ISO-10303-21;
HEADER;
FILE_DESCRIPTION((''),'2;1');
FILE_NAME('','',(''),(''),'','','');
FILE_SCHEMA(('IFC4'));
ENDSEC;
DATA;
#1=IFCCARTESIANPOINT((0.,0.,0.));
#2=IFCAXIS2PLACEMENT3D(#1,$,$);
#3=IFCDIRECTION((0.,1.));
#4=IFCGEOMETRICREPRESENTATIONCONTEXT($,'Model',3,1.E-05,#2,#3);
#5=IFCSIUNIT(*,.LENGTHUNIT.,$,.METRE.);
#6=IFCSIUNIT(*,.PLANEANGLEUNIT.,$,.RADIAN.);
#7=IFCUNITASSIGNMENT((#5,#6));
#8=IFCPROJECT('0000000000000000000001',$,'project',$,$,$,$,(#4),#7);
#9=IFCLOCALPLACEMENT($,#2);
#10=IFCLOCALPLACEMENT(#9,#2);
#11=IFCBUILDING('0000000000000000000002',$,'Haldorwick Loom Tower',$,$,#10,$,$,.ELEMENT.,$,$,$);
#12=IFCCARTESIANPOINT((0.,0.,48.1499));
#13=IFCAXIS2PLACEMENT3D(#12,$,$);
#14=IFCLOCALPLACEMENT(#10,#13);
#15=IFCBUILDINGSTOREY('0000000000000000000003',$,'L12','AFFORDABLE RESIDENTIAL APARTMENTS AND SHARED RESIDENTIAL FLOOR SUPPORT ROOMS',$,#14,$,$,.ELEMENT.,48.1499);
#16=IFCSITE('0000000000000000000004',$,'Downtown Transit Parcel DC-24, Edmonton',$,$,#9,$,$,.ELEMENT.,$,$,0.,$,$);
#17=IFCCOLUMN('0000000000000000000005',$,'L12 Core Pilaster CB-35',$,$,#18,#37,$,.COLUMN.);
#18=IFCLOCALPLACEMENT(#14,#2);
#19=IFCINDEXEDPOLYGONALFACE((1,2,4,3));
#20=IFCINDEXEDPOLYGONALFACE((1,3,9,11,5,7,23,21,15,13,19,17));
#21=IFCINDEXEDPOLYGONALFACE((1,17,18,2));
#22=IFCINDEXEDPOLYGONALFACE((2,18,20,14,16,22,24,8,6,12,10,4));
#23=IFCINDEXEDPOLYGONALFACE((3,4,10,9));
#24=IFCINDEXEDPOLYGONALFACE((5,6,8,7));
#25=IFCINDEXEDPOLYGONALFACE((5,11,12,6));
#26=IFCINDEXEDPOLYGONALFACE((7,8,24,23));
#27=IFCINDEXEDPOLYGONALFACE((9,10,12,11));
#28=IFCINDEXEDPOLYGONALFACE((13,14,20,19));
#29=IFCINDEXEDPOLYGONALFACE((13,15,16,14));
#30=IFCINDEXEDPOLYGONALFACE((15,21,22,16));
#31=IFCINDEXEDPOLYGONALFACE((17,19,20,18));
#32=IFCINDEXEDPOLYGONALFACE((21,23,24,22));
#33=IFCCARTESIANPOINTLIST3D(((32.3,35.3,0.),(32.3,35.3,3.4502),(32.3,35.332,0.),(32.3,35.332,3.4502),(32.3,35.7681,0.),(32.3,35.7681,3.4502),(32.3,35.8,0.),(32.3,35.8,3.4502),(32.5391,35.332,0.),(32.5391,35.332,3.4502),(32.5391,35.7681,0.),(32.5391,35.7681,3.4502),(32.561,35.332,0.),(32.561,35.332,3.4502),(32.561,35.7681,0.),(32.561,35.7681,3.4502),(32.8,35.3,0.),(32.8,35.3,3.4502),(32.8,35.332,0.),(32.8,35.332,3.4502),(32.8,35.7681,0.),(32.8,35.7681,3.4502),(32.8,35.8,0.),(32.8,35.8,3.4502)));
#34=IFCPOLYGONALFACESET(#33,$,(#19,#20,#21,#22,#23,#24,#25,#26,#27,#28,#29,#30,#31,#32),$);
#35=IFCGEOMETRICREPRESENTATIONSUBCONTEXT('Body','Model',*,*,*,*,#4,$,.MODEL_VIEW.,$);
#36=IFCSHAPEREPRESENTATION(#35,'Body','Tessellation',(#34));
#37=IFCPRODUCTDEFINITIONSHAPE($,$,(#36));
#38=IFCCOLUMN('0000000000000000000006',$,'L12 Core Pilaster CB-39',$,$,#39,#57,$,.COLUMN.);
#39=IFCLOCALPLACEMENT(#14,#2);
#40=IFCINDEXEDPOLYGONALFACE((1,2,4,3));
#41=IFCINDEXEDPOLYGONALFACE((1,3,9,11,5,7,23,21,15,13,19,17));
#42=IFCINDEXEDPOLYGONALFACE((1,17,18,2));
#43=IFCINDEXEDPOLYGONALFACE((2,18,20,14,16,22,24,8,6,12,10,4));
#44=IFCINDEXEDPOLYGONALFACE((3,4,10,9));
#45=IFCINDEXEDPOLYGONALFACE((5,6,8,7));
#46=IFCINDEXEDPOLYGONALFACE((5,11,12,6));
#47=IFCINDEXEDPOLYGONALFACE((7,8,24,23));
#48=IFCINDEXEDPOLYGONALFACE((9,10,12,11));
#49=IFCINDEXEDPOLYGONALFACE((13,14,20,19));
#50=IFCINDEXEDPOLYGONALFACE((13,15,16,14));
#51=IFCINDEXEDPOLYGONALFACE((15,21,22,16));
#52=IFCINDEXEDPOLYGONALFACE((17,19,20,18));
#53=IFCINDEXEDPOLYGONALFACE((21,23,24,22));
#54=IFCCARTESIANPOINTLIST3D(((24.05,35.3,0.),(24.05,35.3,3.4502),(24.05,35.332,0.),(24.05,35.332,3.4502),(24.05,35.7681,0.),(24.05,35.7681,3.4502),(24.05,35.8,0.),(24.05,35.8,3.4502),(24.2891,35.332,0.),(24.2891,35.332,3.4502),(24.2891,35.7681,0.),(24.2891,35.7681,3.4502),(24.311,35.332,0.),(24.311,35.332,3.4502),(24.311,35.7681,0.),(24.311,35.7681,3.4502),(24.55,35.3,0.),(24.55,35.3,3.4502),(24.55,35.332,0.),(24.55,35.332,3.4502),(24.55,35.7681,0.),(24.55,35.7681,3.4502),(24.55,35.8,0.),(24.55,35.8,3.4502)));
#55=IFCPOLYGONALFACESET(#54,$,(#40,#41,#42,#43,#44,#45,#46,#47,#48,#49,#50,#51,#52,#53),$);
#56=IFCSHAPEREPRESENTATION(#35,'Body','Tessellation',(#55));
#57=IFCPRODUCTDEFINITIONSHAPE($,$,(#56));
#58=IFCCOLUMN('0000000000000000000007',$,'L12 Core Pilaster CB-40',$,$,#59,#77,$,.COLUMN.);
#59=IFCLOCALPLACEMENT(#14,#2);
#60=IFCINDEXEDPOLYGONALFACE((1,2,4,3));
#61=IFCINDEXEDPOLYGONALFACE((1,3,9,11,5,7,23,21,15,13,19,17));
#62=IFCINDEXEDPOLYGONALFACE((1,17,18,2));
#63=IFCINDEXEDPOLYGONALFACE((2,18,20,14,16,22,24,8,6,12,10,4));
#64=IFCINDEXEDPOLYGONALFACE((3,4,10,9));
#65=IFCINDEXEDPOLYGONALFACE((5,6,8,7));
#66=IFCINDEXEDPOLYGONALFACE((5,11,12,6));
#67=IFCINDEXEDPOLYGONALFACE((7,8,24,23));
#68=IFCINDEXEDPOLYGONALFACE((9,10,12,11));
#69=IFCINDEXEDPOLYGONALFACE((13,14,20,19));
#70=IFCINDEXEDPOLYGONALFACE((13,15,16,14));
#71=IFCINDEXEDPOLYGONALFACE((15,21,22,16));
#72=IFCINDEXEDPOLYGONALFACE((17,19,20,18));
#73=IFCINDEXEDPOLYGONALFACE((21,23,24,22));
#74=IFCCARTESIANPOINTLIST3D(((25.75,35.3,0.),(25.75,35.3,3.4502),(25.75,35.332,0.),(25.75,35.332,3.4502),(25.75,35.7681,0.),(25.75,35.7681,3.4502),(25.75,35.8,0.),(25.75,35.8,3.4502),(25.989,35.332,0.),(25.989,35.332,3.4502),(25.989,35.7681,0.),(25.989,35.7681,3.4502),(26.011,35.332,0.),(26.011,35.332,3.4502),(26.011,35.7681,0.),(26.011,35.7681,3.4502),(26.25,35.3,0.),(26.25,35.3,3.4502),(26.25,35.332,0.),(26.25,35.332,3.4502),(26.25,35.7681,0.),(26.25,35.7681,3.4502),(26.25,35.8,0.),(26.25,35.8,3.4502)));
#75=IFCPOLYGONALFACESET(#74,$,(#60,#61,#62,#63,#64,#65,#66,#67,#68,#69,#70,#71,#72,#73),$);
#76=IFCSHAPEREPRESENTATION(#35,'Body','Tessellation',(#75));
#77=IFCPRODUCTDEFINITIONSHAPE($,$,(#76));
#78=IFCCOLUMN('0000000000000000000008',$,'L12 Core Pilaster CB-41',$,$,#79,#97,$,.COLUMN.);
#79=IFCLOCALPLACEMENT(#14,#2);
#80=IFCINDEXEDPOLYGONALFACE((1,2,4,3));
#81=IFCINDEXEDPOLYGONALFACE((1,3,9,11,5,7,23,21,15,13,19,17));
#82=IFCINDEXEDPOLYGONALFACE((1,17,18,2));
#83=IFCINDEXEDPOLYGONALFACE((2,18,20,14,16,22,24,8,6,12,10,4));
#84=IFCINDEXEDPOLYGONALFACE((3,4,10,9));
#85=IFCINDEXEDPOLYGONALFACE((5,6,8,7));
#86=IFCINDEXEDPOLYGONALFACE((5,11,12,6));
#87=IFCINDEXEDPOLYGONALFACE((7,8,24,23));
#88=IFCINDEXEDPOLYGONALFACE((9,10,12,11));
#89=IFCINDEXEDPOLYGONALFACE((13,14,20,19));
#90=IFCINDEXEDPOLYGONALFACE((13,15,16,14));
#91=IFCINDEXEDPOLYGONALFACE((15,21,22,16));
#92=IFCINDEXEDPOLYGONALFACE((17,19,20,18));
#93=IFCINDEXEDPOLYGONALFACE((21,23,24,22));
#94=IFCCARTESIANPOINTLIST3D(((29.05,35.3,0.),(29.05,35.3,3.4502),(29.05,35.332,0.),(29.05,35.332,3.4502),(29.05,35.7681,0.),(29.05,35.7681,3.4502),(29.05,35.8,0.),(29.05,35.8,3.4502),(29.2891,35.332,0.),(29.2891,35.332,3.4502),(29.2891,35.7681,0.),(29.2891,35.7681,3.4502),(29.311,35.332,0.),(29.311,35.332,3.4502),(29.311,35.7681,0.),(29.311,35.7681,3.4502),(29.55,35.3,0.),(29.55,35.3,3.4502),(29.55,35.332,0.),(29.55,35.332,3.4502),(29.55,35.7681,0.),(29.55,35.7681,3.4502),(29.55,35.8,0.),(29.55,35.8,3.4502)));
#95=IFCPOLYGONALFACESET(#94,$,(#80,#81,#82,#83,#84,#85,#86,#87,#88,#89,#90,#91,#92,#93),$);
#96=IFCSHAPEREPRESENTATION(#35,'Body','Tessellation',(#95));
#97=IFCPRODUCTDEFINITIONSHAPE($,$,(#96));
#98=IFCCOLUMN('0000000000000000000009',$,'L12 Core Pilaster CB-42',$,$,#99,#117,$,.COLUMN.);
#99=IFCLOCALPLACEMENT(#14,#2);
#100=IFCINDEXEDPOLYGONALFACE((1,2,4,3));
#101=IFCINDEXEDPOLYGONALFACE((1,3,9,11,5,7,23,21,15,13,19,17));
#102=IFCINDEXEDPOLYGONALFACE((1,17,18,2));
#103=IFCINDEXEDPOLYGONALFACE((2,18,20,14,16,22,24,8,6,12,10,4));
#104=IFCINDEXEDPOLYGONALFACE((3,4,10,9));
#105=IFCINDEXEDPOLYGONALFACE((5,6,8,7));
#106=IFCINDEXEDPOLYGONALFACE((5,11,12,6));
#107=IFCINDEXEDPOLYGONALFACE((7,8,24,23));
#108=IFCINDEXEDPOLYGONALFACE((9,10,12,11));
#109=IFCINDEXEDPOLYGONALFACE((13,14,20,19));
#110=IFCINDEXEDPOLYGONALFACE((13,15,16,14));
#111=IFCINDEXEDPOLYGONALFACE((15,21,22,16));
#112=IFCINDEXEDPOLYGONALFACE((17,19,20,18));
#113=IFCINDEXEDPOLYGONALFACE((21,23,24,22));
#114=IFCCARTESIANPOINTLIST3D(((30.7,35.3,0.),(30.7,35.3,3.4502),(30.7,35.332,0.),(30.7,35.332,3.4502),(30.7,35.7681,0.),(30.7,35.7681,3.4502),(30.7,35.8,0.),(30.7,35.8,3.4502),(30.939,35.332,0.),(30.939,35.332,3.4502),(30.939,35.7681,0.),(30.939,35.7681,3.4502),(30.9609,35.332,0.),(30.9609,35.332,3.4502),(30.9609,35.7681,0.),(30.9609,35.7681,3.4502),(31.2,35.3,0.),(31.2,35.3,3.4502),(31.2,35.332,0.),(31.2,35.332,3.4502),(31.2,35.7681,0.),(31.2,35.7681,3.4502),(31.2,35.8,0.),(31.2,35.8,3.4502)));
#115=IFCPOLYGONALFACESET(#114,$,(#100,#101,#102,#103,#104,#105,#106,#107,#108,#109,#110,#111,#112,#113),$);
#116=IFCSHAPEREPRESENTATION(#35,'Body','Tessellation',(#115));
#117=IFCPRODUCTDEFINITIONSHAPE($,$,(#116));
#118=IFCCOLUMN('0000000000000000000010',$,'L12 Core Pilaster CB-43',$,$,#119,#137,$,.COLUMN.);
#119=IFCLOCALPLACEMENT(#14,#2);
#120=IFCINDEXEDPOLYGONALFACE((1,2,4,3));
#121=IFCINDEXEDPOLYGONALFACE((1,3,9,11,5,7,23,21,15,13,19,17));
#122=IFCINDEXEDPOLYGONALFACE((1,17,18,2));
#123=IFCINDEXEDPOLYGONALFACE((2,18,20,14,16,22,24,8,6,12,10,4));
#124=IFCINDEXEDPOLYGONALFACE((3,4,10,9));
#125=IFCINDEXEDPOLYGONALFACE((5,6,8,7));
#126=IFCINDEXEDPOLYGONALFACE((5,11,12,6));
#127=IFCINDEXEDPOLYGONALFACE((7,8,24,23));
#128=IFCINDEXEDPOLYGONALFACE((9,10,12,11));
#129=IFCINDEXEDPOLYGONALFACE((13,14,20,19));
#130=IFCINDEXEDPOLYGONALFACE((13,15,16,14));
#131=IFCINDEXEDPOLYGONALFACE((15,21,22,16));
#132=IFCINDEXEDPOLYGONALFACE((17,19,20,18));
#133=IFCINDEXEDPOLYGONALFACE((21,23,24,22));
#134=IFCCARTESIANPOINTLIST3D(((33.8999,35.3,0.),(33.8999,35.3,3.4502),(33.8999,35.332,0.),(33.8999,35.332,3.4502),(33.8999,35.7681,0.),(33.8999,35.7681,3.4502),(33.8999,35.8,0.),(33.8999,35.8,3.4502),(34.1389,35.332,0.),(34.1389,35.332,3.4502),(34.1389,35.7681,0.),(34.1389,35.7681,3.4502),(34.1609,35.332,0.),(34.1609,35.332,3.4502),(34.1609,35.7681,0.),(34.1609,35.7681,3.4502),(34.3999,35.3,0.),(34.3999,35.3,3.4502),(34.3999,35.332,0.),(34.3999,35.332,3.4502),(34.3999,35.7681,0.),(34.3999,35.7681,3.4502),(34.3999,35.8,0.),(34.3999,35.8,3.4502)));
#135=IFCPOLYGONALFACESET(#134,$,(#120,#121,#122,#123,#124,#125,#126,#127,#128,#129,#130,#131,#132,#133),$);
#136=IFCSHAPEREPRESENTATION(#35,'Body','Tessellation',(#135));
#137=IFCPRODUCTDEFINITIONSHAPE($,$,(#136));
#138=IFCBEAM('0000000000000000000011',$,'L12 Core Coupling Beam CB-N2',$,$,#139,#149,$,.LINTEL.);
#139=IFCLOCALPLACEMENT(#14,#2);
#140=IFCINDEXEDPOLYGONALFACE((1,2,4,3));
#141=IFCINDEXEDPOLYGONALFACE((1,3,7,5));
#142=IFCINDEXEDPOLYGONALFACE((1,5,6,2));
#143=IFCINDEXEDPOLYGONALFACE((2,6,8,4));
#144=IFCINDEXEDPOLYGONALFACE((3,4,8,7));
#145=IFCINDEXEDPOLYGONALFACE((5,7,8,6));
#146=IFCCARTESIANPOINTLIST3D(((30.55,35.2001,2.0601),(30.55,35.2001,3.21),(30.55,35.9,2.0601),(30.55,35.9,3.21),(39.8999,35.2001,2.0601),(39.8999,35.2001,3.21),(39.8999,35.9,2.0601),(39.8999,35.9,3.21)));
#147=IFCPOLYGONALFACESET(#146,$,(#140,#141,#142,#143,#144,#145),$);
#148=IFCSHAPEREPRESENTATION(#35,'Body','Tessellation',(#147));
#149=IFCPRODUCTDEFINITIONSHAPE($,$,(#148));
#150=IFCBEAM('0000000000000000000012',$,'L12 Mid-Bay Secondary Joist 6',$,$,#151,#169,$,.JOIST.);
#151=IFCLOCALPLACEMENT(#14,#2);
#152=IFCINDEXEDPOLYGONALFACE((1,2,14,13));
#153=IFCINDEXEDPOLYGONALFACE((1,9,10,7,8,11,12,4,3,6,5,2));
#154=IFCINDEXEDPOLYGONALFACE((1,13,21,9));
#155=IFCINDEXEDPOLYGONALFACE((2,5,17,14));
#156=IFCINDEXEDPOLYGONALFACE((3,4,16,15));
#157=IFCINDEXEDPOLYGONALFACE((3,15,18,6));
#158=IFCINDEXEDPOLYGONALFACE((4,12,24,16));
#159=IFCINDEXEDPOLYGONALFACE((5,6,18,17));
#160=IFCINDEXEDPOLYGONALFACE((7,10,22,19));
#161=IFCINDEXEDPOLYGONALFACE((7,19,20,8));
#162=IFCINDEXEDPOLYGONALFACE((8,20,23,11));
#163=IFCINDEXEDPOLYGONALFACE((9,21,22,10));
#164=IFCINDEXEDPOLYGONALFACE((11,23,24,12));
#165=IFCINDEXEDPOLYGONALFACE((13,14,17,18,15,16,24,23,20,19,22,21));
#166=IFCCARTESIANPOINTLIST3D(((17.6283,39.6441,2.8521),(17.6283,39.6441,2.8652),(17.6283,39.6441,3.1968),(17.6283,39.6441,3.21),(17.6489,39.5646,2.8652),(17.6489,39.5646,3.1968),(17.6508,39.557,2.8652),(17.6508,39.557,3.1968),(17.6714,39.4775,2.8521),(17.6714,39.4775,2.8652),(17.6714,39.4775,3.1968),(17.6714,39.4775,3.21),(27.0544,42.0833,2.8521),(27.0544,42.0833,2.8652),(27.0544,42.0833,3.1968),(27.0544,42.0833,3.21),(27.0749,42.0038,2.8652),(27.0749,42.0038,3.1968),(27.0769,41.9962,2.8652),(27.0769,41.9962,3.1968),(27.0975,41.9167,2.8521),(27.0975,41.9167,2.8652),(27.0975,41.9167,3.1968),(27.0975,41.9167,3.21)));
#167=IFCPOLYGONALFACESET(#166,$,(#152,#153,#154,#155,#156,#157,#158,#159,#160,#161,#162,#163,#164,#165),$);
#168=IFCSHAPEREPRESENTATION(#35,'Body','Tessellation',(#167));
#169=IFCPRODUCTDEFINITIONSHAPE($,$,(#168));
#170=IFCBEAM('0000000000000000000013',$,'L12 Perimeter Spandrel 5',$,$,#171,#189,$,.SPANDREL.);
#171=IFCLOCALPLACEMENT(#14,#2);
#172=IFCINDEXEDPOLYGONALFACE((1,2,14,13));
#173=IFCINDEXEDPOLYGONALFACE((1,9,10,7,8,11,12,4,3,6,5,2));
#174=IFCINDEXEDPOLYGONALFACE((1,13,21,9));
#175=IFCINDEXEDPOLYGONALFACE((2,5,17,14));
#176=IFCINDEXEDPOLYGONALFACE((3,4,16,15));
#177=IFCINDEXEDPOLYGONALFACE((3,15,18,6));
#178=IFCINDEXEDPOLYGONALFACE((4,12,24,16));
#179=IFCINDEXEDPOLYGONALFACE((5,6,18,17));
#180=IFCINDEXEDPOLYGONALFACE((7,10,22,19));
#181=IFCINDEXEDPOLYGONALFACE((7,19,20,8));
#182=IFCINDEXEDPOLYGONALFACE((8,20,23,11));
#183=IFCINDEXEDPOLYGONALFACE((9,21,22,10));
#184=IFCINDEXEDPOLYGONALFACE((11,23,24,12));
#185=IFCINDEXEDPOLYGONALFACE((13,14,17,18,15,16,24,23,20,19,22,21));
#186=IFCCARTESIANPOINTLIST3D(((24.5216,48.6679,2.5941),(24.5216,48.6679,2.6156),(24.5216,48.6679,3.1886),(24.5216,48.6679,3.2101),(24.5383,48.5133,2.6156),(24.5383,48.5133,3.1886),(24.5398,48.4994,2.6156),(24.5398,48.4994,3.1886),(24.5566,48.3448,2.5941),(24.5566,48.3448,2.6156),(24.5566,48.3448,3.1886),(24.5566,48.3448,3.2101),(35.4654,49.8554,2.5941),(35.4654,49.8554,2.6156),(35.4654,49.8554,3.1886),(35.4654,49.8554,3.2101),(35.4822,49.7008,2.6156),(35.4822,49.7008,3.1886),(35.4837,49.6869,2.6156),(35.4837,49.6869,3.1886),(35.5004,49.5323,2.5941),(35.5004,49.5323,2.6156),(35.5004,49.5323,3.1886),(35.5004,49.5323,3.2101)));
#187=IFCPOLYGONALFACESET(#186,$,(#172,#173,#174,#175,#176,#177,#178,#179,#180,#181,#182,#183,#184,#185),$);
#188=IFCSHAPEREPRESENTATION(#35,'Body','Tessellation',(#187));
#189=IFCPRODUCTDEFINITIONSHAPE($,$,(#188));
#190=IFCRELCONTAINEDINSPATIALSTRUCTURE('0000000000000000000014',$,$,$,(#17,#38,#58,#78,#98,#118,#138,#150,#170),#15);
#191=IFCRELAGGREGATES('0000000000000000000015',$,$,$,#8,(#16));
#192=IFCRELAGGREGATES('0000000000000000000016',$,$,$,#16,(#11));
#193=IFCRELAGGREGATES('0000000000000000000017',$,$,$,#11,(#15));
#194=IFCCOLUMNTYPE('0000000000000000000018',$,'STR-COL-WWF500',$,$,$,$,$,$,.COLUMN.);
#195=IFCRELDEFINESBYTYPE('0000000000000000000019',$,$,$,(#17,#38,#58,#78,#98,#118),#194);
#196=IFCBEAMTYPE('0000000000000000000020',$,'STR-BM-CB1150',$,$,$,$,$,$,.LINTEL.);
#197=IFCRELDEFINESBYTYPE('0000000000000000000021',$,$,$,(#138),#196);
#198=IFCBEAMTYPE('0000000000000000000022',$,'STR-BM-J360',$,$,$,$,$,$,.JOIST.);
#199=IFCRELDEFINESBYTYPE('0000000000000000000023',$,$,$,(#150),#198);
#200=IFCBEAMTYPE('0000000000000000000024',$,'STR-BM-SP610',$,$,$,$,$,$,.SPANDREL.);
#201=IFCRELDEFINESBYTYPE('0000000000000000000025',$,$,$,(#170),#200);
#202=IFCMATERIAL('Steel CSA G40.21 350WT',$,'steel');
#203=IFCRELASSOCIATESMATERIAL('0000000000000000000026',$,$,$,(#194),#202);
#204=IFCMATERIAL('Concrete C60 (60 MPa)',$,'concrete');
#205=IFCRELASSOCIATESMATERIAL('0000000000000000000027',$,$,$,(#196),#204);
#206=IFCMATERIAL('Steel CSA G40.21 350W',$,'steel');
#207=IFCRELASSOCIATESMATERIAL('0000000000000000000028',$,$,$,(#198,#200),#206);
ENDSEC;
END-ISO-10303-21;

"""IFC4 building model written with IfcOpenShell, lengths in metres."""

from ifc_helpers import new_model, si_unit, direction, frame, origin, origin_2d, place, context, subcontext, project, spatial, rectangle, i_section, extrude, material, material_profile, profile_set, type_object, element, save


model = new_model("IFC4")

# Units and contexts
model_context = context("Model", 3, precision=1e-05, world=origin(), true_north=direction((0.0, 1.0)))
body_context = subcontext(model_context, "Body", "Model", "MODEL_VIEW")
ifc_project = project(units=[si_unit("LENGTHUNIT", "METRE"), si_unit("PLANEANGLEUNIT", "RADIAN")], contexts=[model_context])

# Site, building, storey
site_placement = place(None, origin())
site = spatial("IfcSite", under=ifc_project, at=site_placement, Name="Downtown Transit Parcel DC-24, Edmonton", CompositionType="ELEMENT", RefElevation=0.0)
building_placement = place(site_placement, origin())
building = spatial("IfcBuilding", under=site, at=building_placement, Name="Haldorwick Loom Tower", CompositionType="ELEMENT")
storey_placement = place(building_placement, frame((0.0, 0.0, 48.1499)))
storey = spatial("IfcBuildingStorey", under=building, at=storey_placement, Name="L12", Description="AFFORDABLE RESIDENTIAL APARTMENTS AND SHARED RESIDENTIAL FLOOR SUPPORT ROOMS", CompositionType="ELEMENT", Elevation=48.1499)

# Columns
ifc_material_1 = material(Name="Concrete C60 (60 MPa)", Category="concrete")
ifc_material_2 = material(Name="Steel CSA G40.21 350WT", Category="steel")
ifc_material_profile_1 = material_profile(ifc_material_2, i_section(OverallWidth=0.5, OverallDepth=0.5, WebThickness=0.022, FlangeThickness=0.032, at=origin_2d()), Name="WWF500X500", Category="steel")
ifc_profile_set_1 = profile_set([ifc_material_profile_1], Name="Steel CSA G40.21 350WT")
column_type_1 = type_object("IfcColumnType", Name="STR-COL-WWF500", PredefinedType="COLUMN", material=ifc_profile_set_1)
for number, where, z_axis, x_axis, name in (
    (1, (32.55, 35.55, 0.0), (0.0, 0.0, 1.0), (1.0, 0.0, 0.0), "L12 Core Pilaster CB-35"),
    (2, (24.3, 35.55, 0.0), (0.0, 0.0, 1.0), (1.0, 0.0, 0.0), "L12 Core Pilaster CB-39"),
    (3, (26.0, 35.55, 0.0), (0.0, 0.0, 1.0), (1.0, 0.0, 0.0), "L12 Core Pilaster CB-40"),
    (4, (29.3, 35.55, 0.0), (0.0, 0.0, 1.0), (1.0, 0.0, 0.0), "L12 Core Pilaster CB-41"),
    (5, (30.95, 35.55, 0.0), (0.0, 0.0, 1.0), (1.0, 0.0, 0.0), "L12 Core Pilaster CB-42"),
    (6, (34.1499, 35.55, 0.0), (0.0, 0.0, 1.0), (1.0, 0.0, 0.0), "L12 Core Pilaster CB-43"),
):
    element("IfcColumn", number, at=place(storey_placement, frame(where, z_axis=z_axis, x_axis=x_axis)), inside=storey, type_object=column_type_1, Name=name, PredefinedType="COLUMN", context=body_context, shape_type="SweptSolid", body=[
        extrude(i_section(OverallWidth=0.5, OverallDepth=0.5, WebThickness=0.022, FlangeThickness=0.032, at=origin_2d()), origin(), (0.0, 0.0, 1.0), 3.4502),
    ])

# Beams
ifc_material_profile_2 = material_profile(ifc_material_1, rectangle(XDim=0.7, YDim=1.1499, at=origin_2d()), Name="RC700X1150", Category="concrete")
ifc_profile_set_2 = profile_set([ifc_material_profile_2], Name="Concrete C60 (60 MPa)")
beam_type_1 = type_object("IfcBeamType", Name="STR-BM-CB1150", PredefinedType="LINTEL", material=ifc_profile_set_2)
beam_1_placement = place(storey_placement, frame((30.55, 35.55, 2.635), z_axis=(1.0, 0.0, 0.0), x_axis=(0.0, 1.0, 0.0)))
element("IfcBeam", 7, at=beam_1_placement, inside=storey, type_object=beam_type_1, Name="L12 Core Coupling Beam CB-N2", PredefinedType="LINTEL", context=body_context, shape_type="SweptSolid", body=[
    extrude(rectangle(XDim=0.7, YDim=1.1499, at=origin_2d()), origin(), (0.0, 0.0, 1.0), 9.3499),
])
ifc_material_3 = material(Name="Steel CSA G40.21 350W", Category="steel")
ifc_material_profile_3 = material_profile(ifc_material_3, i_section(OverallWidth=0.1721, OverallDepth=0.3579, WebThickness=0.0078, FlangeThickness=0.0132, at=origin_2d()), Name="W360X57", Category="steel")
ifc_profile_set_3 = profile_set([ifc_material_profile_3], Name="Steel CSA G40.21 350W")
beam_type_2 = type_object("IfcBeamType", Name="STR-BM-J360", PredefinedType="JOIST", material=ifc_profile_set_3)
beam_2_placement = place(storey_placement, frame((27.0759, 42.0, 3.031), z_axis=(-0.968111, -0.250522, 0.0), x_axis=(0.250522, -0.968111, 0.0)))
element("IfcBeam", 8, at=beam_2_placement, inside=storey, type_object=beam_type_2, Name="L12 Mid-Bay Secondary Joist 6", PredefinedType="JOIST", context=body_context, shape_type="SweptSolid", body=[
    extrude(i_section(OverallWidth=0.1721, OverallDepth=0.3579, WebThickness=0.0078, FlangeThickness=0.0132, at=origin_2d()), origin(), (0.0, 0.0, 1.0), 9.7366),
])
ifc_material_profile_4 = material_profile(ifc_material_3, i_section(OverallWidth=0.325, OverallDepth=0.616, WebThickness=0.0139, FlangeThickness=0.0215, at=origin_2d()), Name="W610X174", Category="steel")
ifc_profile_set_4 = profile_set([ifc_material_profile_4], Name="Steel CSA G40.21 350W")
beam_type_3 = type_object("IfcBeamType", Name="STR-BM-SP610", PredefinedType="SPANDREL", material=ifc_profile_set_4)
beam_3_placement = place(storey_placement, frame((35.4829, 49.6938, 2.9021), z_axis=(-0.994164, -0.107875, 0.0), x_axis=(0.107875, -0.994164, 0.0)))
element("IfcBeam", 9, at=beam_3_placement, inside=storey, type_object=beam_type_3, Name="L12 Perimeter Spandrel 5", PredefinedType="SPANDREL", context=body_context, shape_type="SweptSolid", body=[
    extrude(i_section(OverallWidth=0.325, OverallDepth=0.616, WebThickness=0.0139, FlangeThickness=0.0215, at=origin_2d()), origin(), (0.0, 0.0, 1.0), 11.0081),
])

save(model, "model.ifc")
